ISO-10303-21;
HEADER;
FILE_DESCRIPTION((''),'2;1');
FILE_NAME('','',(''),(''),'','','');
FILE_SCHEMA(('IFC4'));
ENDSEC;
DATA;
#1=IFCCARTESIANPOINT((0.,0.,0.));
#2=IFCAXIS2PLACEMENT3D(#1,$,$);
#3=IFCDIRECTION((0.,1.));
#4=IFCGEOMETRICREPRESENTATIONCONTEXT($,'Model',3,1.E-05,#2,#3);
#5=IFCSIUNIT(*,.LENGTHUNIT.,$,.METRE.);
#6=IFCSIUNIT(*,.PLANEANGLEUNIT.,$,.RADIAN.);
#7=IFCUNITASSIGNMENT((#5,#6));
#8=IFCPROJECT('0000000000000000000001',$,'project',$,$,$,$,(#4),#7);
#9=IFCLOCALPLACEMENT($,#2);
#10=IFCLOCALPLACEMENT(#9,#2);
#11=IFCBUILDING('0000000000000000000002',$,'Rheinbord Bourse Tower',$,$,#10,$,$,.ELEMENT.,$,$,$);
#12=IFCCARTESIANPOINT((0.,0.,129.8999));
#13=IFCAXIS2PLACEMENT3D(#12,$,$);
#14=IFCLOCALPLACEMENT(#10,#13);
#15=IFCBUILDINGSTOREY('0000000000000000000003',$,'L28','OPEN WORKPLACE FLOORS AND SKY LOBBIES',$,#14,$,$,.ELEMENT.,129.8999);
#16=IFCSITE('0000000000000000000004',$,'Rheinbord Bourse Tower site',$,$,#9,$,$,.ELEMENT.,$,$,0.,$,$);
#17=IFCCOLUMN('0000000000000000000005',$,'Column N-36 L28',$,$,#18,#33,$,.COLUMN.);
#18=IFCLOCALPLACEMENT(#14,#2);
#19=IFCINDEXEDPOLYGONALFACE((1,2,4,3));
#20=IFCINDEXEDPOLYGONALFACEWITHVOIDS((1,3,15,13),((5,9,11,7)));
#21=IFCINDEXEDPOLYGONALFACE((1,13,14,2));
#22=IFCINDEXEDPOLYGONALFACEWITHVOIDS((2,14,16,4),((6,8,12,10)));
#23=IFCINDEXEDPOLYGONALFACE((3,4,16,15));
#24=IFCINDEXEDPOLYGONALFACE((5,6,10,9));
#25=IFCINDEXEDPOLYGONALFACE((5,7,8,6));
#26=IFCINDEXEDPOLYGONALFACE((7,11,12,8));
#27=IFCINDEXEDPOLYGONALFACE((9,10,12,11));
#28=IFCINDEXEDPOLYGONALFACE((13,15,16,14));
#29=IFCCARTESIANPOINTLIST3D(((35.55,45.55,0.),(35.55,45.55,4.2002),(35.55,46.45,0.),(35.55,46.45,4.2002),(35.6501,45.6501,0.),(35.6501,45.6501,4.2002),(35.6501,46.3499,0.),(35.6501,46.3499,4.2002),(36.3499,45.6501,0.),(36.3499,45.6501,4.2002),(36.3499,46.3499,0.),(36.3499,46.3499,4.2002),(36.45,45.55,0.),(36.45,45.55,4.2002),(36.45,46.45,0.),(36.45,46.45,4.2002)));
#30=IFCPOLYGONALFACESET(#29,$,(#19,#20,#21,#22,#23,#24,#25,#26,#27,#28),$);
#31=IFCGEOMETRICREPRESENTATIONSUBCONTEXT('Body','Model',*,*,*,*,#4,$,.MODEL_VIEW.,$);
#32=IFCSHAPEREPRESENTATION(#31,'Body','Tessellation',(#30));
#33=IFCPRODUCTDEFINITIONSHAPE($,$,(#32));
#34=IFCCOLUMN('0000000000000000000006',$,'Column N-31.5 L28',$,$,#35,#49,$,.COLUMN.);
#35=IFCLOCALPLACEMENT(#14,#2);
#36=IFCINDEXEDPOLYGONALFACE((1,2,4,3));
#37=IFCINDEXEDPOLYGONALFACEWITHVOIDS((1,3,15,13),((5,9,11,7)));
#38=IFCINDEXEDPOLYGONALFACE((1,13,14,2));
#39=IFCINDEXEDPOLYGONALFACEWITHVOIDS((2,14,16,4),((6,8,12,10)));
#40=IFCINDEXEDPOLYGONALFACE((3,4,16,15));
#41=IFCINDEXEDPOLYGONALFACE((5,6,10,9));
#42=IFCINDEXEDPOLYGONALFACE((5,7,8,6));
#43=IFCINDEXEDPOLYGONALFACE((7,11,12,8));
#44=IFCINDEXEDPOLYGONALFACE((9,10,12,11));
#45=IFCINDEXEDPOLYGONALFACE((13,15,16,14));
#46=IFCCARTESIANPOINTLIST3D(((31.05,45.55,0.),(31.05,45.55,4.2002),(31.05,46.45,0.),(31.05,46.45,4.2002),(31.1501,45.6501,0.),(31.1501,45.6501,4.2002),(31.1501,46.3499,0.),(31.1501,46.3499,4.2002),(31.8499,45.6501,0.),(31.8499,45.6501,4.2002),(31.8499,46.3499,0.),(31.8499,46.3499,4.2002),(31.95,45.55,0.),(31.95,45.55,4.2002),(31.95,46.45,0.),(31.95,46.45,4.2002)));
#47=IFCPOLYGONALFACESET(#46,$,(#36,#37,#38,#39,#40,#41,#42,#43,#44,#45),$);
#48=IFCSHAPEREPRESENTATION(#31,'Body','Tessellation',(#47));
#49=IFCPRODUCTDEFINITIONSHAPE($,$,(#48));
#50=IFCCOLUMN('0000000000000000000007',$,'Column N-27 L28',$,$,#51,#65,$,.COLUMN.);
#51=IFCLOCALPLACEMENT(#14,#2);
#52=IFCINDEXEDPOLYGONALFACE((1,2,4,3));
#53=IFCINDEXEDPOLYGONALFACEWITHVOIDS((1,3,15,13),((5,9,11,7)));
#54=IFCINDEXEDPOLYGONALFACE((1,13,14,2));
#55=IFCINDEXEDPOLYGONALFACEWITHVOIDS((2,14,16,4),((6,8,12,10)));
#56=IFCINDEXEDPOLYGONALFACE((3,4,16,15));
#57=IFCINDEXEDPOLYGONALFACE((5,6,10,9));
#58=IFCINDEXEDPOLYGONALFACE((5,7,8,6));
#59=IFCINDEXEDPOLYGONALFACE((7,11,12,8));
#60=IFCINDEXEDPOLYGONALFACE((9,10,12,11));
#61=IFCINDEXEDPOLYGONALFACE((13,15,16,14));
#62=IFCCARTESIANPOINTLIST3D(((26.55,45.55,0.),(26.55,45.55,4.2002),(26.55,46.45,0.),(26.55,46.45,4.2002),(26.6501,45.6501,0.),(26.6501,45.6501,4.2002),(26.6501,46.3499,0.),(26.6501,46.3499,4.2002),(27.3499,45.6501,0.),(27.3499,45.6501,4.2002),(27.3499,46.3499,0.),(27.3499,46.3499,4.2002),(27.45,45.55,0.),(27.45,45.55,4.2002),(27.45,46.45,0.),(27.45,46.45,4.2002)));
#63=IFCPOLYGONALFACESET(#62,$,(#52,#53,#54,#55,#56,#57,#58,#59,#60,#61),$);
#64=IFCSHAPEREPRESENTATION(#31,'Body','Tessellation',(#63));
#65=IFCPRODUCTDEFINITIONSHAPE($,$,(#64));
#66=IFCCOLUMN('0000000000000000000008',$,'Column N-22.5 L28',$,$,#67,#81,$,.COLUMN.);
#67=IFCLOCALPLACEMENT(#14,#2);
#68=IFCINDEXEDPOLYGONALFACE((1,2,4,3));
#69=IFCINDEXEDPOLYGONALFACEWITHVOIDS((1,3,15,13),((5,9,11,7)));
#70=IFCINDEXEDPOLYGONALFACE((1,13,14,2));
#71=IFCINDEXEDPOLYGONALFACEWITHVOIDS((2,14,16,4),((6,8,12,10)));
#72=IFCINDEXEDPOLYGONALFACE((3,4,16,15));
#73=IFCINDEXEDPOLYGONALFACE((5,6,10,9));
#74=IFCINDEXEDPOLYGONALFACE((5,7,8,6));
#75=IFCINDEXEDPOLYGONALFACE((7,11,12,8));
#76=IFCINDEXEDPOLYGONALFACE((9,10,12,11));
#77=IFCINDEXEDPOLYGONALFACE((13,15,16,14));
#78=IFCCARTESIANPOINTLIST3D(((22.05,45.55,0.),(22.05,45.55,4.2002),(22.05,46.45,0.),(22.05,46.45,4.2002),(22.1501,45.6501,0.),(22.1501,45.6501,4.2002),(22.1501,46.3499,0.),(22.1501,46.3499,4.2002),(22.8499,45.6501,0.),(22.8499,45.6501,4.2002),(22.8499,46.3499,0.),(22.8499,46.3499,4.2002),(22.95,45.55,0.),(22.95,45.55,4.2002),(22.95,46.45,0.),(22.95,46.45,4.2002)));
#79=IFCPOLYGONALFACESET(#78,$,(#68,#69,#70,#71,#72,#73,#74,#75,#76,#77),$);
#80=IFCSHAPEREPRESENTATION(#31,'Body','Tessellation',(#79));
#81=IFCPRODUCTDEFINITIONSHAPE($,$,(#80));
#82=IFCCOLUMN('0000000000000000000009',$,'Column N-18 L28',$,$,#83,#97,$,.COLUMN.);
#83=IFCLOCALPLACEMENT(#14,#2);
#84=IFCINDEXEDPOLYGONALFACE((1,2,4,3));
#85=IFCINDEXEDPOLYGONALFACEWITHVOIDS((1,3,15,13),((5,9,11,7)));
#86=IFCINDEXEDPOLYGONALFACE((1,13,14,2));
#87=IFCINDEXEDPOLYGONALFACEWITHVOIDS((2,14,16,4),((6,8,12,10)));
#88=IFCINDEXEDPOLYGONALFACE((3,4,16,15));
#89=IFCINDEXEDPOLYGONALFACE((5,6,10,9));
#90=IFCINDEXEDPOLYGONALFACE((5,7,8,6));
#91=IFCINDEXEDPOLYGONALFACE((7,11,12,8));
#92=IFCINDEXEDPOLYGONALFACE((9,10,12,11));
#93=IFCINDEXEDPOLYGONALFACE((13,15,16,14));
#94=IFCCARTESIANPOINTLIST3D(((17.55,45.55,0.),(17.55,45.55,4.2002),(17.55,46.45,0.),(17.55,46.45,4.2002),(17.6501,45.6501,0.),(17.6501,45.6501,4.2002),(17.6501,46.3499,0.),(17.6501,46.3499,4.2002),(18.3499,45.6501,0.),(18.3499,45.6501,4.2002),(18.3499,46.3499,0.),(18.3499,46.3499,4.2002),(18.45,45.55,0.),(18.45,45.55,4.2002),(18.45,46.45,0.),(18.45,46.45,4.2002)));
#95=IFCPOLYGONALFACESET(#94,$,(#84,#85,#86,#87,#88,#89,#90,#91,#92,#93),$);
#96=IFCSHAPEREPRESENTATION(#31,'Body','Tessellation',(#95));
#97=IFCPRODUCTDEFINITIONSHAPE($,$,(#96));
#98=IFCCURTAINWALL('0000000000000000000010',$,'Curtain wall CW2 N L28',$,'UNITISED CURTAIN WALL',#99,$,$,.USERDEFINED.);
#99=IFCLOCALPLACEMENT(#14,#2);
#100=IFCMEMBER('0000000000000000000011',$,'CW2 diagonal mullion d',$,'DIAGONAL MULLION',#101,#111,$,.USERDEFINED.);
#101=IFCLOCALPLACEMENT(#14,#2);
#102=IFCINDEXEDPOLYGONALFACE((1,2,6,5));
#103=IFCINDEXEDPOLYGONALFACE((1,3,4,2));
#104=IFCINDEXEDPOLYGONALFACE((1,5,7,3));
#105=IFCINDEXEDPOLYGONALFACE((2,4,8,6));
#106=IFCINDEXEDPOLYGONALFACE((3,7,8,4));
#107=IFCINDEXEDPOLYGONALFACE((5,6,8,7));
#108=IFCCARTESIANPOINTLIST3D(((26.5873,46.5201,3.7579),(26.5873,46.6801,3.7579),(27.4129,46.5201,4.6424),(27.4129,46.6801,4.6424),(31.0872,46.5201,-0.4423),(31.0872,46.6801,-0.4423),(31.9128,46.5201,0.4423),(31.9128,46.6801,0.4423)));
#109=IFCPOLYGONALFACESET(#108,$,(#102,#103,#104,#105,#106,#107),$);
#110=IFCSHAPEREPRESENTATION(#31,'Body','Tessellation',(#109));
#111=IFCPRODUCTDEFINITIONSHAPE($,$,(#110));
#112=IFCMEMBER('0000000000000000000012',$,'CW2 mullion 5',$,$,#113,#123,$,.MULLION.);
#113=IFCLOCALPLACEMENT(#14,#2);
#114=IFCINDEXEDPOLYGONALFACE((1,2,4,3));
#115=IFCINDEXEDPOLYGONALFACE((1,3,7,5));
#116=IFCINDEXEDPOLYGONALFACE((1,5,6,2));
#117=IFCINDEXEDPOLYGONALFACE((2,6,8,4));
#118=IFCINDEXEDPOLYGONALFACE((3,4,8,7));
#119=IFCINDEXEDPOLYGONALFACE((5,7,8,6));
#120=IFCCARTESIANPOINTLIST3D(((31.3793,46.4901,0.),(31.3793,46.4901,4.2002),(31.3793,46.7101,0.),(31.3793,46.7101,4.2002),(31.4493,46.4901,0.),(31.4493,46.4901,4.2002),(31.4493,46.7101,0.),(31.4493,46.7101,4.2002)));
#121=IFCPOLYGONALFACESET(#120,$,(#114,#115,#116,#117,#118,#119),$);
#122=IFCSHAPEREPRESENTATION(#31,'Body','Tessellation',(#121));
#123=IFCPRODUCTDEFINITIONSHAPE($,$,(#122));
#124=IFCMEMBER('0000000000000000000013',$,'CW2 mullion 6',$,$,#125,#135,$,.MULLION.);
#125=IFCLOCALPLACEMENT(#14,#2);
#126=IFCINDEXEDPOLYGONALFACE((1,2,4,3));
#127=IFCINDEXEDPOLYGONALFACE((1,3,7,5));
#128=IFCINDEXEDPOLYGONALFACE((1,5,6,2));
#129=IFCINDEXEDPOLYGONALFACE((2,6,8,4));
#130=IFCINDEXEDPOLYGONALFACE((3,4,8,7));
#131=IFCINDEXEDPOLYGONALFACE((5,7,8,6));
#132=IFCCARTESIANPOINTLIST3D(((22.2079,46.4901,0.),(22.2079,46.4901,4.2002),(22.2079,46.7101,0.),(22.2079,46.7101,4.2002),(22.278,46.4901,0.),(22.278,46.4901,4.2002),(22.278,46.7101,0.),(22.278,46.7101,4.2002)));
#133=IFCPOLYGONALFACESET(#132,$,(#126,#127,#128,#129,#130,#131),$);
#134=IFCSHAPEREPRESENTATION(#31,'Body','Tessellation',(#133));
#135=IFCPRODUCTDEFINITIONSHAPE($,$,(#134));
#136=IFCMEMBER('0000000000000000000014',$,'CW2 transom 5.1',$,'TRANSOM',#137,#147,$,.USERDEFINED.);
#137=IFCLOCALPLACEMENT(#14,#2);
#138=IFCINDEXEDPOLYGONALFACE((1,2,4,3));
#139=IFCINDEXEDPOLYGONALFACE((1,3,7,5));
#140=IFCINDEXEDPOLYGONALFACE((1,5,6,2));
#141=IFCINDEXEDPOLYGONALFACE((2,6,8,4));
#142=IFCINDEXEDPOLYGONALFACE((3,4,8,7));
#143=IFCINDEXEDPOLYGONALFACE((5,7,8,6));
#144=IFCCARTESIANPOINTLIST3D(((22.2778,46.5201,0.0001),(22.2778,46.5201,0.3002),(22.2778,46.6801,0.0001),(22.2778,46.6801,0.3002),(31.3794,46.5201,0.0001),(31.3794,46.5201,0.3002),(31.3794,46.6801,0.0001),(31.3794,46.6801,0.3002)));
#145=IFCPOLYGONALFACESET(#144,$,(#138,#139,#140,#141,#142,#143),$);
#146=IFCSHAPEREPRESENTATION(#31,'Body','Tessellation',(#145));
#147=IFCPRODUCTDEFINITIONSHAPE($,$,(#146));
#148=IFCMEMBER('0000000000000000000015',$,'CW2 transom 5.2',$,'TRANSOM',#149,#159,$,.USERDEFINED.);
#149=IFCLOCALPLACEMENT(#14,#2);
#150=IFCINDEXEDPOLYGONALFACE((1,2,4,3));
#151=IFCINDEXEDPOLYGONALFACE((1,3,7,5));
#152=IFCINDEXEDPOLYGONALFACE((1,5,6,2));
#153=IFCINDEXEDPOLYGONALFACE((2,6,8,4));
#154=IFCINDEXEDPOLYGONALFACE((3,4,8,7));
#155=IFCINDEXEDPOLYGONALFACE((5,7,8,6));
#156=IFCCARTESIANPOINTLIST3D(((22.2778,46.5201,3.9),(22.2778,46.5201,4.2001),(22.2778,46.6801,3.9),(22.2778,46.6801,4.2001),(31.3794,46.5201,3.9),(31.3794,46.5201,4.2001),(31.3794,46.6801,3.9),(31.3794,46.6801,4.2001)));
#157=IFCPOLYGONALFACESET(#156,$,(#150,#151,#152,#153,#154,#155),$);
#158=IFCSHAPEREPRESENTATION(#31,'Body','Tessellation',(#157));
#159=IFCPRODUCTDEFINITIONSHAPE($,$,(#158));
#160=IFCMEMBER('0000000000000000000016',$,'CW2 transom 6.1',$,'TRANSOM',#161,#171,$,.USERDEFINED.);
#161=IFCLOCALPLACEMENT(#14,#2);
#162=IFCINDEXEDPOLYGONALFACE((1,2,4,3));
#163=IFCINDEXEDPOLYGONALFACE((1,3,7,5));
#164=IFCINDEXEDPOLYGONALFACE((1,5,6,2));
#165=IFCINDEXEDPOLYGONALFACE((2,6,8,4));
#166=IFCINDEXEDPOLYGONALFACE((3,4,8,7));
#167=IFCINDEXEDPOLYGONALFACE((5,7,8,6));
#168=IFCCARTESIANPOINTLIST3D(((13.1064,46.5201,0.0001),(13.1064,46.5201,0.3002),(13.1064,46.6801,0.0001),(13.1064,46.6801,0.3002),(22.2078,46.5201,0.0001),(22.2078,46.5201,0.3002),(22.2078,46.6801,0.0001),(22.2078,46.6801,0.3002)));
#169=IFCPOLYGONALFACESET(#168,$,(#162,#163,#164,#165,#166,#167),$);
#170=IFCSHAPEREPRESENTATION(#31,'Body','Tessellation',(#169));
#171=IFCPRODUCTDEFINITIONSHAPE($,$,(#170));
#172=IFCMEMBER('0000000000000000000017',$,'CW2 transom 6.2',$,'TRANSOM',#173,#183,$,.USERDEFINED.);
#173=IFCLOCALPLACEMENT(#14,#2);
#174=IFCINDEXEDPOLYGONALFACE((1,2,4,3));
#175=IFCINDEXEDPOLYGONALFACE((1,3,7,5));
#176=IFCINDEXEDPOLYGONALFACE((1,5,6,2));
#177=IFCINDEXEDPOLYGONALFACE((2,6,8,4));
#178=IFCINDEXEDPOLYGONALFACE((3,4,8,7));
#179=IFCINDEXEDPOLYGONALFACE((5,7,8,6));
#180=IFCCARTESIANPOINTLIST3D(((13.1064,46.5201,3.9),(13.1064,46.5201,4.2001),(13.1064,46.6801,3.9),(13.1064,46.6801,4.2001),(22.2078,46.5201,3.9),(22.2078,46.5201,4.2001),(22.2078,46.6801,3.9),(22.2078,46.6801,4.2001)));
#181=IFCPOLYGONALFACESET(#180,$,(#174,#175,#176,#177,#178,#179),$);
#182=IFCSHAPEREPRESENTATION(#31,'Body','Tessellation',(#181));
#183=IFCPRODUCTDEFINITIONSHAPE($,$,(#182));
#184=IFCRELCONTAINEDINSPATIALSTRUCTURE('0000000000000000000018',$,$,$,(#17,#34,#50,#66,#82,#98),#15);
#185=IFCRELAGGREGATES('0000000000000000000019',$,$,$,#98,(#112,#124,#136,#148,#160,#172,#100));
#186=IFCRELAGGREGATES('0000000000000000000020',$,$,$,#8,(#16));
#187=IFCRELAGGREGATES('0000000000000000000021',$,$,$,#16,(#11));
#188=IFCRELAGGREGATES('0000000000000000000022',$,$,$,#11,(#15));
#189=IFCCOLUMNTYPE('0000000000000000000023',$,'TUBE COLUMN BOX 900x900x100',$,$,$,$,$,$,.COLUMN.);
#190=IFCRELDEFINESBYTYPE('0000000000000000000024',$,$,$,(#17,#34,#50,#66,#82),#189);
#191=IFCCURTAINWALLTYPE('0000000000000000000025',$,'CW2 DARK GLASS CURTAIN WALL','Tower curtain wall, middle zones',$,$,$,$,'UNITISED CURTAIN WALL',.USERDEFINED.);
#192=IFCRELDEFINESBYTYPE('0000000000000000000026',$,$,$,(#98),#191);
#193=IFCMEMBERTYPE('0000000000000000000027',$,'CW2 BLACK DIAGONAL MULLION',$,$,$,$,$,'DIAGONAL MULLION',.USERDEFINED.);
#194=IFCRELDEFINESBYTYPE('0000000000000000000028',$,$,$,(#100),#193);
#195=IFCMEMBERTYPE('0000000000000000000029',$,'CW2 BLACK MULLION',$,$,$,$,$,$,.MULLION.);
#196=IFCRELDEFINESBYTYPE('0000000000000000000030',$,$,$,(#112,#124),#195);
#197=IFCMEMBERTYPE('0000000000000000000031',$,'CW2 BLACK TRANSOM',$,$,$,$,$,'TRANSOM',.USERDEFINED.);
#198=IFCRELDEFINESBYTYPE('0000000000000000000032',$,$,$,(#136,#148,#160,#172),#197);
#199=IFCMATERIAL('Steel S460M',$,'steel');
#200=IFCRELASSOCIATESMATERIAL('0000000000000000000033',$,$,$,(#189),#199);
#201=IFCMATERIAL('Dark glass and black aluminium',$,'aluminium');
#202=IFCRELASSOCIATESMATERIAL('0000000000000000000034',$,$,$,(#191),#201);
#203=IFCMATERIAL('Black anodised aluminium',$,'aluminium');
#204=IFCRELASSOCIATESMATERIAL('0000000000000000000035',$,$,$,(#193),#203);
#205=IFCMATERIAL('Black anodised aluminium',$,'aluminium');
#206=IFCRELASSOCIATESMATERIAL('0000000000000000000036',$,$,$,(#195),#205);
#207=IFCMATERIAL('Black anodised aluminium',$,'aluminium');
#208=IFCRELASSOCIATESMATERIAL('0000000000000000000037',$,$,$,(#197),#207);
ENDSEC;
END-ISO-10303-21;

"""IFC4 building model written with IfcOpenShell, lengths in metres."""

from ifc_helpers import new_model, si_unit, direction, frame, origin, origin_2d, place, context, subcontext, project, spatial, rectangle, hollow_rectangle, extrude, material, material_profile, profile_set, type_object, element, aggregate, save


model = new_model("IFC4")

# Units and contexts
model_context = context("Model", 3, precision=1e-05, world=origin(), true_north=direction((0.0, 1.0)))
body_context = subcontext(model_context, "Body", "Model", "MODEL_VIEW")
ifc_project = project(units=[si_unit("LENGTHUNIT", "METRE"), si_unit("PLANEANGLEUNIT", "RADIAN")], contexts=[model_context])

# Site, building, storey
site_placement = place(None, origin())
site = spatial("IfcSite", under=ifc_project, at=site_placement, Name="Rheinbord Bourse Tower site", CompositionType="ELEMENT", RefElevation=0.0)
building_placement = place(site_placement, origin())
building = spatial("IfcBuilding", under=site, at=building_placement, Name="Rheinbord Bourse Tower", CompositionType="ELEMENT")
storey_placement = place(building_placement, frame((0.0, 0.0, 129.8999)))
storey = spatial("IfcBuildingStorey", under=building, at=storey_placement, Name="L28", Description="OPEN WORKPLACE FLOORS AND SKY LOBBIES", CompositionType="ELEMENT", Elevation=129.8999)

# Columns
ifc_material_1 = material(Name="Steel S460M", Category="steel")
ifc_material_profile_1 = material_profile(ifc_material_1, hollow_rectangle(XDim=0.8999, YDim=0.8999, WallThickness=0.1001, at=origin_2d()), Name="BOX 900x900x100")
ifc_profile_set_1 = profile_set([ifc_material_profile_1], Name="Steel S460M")
column_type = type_object("IfcColumnType", Name="TUBE COLUMN BOX 900x900x100", PredefinedType="COLUMN", material=ifc_profile_set_1)
for number, where, z_axis, x_axis, name in (
    (1, (36.0, 46.0, 0.0), (0.0, 0.0, 1.0), (0.0, 1.0, 0.0), "Column N-36 L28"),
    (2, (31.5, 46.0, 0.0), (0.0, 0.0, 1.0), (0.0, 1.0, 0.0), "Column N-31.5 L28"),
    (3, (27.0, 46.0, 0.0), (0.0, 0.0, 1.0), (0.0, 1.0, 0.0), "Column N-27 L28"),
    (4, (22.5, 46.0, 0.0), (0.0, 0.0, 1.0), (0.0, 1.0, 0.0), "Column N-22.5 L28"),
    (5, (18.0, 46.0, 0.0), (0.0, 0.0, 1.0), (0.0, 1.0, 0.0), "Column N-18 L28"),
):
    element("IfcColumn", number, at=place(storey_placement, frame(where, z_axis=z_axis, x_axis=x_axis)), inside=storey, type_object=column_type, Name=name, PredefinedType="COLUMN", context=body_context, shape_type="SweptSolid", body=[
        extrude(hollow_rectangle(XDim=0.8999, YDim=0.8999, WallThickness=0.1001, at=origin_2d()), origin(), (0.0, 0.0, 1.0), 4.2002),
    ])

# Curtain wall, members
ifc_material_2 = material(Name="Dark glass and black aluminium", Category="aluminium")
curtain_wall_type = type_object("IfcCurtainWallType", Name="CW2 DARK GLASS CURTAIN WALL", Description="Tower curtain wall, middle zones", ElementType="UNITISED CURTAIN WALL", PredefinedType="USERDEFINED", material=ifc_material_2)
curtain_wall_placement = place(storey_placement, origin())
curtain_wall = element("IfcCurtainWall", 6, at=curtain_wall_placement, inside=storey, type_object=curtain_wall_type, Name="Curtain wall CW2 N L28", ObjectType="UNITISED CURTAIN WALL", PredefinedType="USERDEFINED")
ifc_material_3 = material(Name="Black anodised aluminium", Category="aluminium")
ifc_material_profile_2 = material_profile(ifc_material_3, rectangle(XDim=0.1599, YDim=1.21, at=origin_2d()), Name="CW2 DIAGONAL MULLION 1210x160")
ifc_profile_set_2 = profile_set([ifc_material_profile_2], Name="Black anodised aluminium")
member_type_1 = type_object("IfcMemberType", Name="CW2 BLACK DIAGONAL MULLION", ElementType="DIAGONAL MULLION", PredefinedType="USERDEFINED", material=ifc_profile_set_2)
member_1_placement = place(storey_placement, frame((31.5, 46.6001, 0.0), z_axis=(-0.731039, 0.0, 0.682335), x_axis=(0.0, -1.0, 0.0)))
member_1 = element("IfcMember", 7, at=member_1_placement, type_object=member_type_1, Name="CW2 diagonal mullion d", ObjectType="DIAGONAL MULLION", PredefinedType="USERDEFINED", context=body_context, shape_type="SweptSolid", body=[
    extrude(rectangle(XDim=0.1599, YDim=1.21, at=origin_2d()), origin(), (0.0, 0.0, 1.0), 6.1555),
])
ifc_material_4 = material(Name="Black anodised aluminium", Category="aluminium")
ifc_material_profile_3 = material_profile(ifc_material_4, rectangle(XDim=0.22, YDim=0.0701, at=origin_2d()), Name="CW2 MULLION 70x220")
ifc_profile_set_3 = profile_set([ifc_material_profile_3], Name="Black anodised aluminium")
member_type_2 = type_object("IfcMemberType", Name="CW2 BLACK MULLION", PredefinedType="MULLION", material=ifc_profile_set_3)
member_2_placement = place(storey_placement, frame((31.4143, 46.6001, 0.0), z_axis=(0.0, 0.0, 1.0), x_axis=(0.0, -1.0, 0.0)))
member_2 = element("IfcMember", 8, at=member_2_placement, type_object=member_type_2, Name="CW2 mullion 5", PredefinedType="MULLION", context=body_context, shape_type="SweptSolid", body=[
    extrude(rectangle(XDim=0.22, YDim=0.0701, at=origin_2d()), origin(), (0.0, 0.0, 1.0), 4.2002),
])
member_3_placement = place(storey_placement, frame((22.2429, 46.6001, 0.0), z_axis=(0.0, 0.0, 1.0), x_axis=(0.0, -1.0, 0.0)))
member_3 = element("IfcMember", 9, at=member_3_placement, type_object=member_type_2, Name="CW2 mullion 6", PredefinedType="MULLION", context=body_context, shape_type="SweptSolid", body=[
    extrude(rectangle(XDim=0.22, YDim=0.0701, at=origin_2d()), origin(), (0.0, 0.0, 1.0), 4.2002),
])
ifc_material_5 = material(Name="Black anodised aluminium", Category="aluminium")
ifc_material_profile_4 = material_profile(ifc_material_5, rectangle(XDim=0.1599, YDim=0.3, at=origin_2d()), Name="CW2 TRANSOM 300x160")
ifc_profile_set_4 = profile_set([ifc_material_profile_4], Name="Black anodised aluminium")
member_type_3 = type_object("IfcMemberType", Name="CW2 BLACK TRANSOM", ElementType="TRANSOM", PredefinedType="USERDEFINED", material=ifc_profile_set_4)
member_4_placement = place(storey_placement, frame((31.3794, 46.6001, 0.1501), z_axis=(-1.0, 0.0, 0.0), x_axis=(0.0, -1.0, 0.0)))
member_4 = element("IfcMember", 10, at=member_4_placement, type_object=member_type_3, Name="CW2 transom 5.1", ObjectType="TRANSOM", PredefinedType="USERDEFINED", context=body_context, shape_type="SweptSolid", body=[
    extrude(rectangle(XDim=0.1599, YDim=0.3, at=origin_2d()), origin(), (0.0, 0.0, 1.0), 9.1016),
])
member_5_placement = place(storey_placement, frame((31.3794, 46.6001, 4.05), z_axis=(-1.0, 0.0, 0.0), x_axis=(0.0, -1.0, 0.0)))
member_5 = element("IfcMember", 11, at=member_5_placement, type_object=member_type_3, Name="CW2 transom 5.2", ObjectType="TRANSOM", PredefinedType="USERDEFINED", context=body_context, shape_type="SweptSolid", body=[
    extrude(rectangle(XDim=0.1599, YDim=0.3, at=origin_2d()), origin(), (0.0, 0.0, 1.0), 9.1016),
])
member_6_placement = place(storey_placement, frame((22.2078, 46.6001, 0.1501), z_axis=(-1.0, 0.0, 0.0), x_axis=(0.0, -1.0, 0.0)))
member_6 = element("IfcMember", 12, at=member_6_placement, type_object=member_type_3, Name="CW2 transom 6.1", ObjectType="TRANSOM", PredefinedType="USERDEFINED", context=body_context, shape_type="SweptSolid", body=[
    extrude(rectangle(XDim=0.1599, YDim=0.3, at=origin_2d()), origin(), (0.0, 0.0, 1.0), 9.1013),
])
member_7_placement = place(storey_placement, frame((22.2078, 46.6001, 4.05), z_axis=(-1.0, 0.0, 0.0), x_axis=(0.0, -1.0, 0.0)))
member_7 = element("IfcMember", 13, at=member_7_placement, type_object=member_type_3, Name="CW2 transom 6.2", ObjectType="TRANSOM", PredefinedType="USERDEFINED", context=body_context, shape_type="SweptSolid", body=[
    extrude(rectangle(XDim=0.1599, YDim=0.3, at=origin_2d()), origin(), (0.0, 0.0, 1.0), 9.1013),
])

aggregate(curtain_wall, [member_2, member_3, member_4, member_5, member_6, member_7, member_1])

save(model, "model.ifc")
